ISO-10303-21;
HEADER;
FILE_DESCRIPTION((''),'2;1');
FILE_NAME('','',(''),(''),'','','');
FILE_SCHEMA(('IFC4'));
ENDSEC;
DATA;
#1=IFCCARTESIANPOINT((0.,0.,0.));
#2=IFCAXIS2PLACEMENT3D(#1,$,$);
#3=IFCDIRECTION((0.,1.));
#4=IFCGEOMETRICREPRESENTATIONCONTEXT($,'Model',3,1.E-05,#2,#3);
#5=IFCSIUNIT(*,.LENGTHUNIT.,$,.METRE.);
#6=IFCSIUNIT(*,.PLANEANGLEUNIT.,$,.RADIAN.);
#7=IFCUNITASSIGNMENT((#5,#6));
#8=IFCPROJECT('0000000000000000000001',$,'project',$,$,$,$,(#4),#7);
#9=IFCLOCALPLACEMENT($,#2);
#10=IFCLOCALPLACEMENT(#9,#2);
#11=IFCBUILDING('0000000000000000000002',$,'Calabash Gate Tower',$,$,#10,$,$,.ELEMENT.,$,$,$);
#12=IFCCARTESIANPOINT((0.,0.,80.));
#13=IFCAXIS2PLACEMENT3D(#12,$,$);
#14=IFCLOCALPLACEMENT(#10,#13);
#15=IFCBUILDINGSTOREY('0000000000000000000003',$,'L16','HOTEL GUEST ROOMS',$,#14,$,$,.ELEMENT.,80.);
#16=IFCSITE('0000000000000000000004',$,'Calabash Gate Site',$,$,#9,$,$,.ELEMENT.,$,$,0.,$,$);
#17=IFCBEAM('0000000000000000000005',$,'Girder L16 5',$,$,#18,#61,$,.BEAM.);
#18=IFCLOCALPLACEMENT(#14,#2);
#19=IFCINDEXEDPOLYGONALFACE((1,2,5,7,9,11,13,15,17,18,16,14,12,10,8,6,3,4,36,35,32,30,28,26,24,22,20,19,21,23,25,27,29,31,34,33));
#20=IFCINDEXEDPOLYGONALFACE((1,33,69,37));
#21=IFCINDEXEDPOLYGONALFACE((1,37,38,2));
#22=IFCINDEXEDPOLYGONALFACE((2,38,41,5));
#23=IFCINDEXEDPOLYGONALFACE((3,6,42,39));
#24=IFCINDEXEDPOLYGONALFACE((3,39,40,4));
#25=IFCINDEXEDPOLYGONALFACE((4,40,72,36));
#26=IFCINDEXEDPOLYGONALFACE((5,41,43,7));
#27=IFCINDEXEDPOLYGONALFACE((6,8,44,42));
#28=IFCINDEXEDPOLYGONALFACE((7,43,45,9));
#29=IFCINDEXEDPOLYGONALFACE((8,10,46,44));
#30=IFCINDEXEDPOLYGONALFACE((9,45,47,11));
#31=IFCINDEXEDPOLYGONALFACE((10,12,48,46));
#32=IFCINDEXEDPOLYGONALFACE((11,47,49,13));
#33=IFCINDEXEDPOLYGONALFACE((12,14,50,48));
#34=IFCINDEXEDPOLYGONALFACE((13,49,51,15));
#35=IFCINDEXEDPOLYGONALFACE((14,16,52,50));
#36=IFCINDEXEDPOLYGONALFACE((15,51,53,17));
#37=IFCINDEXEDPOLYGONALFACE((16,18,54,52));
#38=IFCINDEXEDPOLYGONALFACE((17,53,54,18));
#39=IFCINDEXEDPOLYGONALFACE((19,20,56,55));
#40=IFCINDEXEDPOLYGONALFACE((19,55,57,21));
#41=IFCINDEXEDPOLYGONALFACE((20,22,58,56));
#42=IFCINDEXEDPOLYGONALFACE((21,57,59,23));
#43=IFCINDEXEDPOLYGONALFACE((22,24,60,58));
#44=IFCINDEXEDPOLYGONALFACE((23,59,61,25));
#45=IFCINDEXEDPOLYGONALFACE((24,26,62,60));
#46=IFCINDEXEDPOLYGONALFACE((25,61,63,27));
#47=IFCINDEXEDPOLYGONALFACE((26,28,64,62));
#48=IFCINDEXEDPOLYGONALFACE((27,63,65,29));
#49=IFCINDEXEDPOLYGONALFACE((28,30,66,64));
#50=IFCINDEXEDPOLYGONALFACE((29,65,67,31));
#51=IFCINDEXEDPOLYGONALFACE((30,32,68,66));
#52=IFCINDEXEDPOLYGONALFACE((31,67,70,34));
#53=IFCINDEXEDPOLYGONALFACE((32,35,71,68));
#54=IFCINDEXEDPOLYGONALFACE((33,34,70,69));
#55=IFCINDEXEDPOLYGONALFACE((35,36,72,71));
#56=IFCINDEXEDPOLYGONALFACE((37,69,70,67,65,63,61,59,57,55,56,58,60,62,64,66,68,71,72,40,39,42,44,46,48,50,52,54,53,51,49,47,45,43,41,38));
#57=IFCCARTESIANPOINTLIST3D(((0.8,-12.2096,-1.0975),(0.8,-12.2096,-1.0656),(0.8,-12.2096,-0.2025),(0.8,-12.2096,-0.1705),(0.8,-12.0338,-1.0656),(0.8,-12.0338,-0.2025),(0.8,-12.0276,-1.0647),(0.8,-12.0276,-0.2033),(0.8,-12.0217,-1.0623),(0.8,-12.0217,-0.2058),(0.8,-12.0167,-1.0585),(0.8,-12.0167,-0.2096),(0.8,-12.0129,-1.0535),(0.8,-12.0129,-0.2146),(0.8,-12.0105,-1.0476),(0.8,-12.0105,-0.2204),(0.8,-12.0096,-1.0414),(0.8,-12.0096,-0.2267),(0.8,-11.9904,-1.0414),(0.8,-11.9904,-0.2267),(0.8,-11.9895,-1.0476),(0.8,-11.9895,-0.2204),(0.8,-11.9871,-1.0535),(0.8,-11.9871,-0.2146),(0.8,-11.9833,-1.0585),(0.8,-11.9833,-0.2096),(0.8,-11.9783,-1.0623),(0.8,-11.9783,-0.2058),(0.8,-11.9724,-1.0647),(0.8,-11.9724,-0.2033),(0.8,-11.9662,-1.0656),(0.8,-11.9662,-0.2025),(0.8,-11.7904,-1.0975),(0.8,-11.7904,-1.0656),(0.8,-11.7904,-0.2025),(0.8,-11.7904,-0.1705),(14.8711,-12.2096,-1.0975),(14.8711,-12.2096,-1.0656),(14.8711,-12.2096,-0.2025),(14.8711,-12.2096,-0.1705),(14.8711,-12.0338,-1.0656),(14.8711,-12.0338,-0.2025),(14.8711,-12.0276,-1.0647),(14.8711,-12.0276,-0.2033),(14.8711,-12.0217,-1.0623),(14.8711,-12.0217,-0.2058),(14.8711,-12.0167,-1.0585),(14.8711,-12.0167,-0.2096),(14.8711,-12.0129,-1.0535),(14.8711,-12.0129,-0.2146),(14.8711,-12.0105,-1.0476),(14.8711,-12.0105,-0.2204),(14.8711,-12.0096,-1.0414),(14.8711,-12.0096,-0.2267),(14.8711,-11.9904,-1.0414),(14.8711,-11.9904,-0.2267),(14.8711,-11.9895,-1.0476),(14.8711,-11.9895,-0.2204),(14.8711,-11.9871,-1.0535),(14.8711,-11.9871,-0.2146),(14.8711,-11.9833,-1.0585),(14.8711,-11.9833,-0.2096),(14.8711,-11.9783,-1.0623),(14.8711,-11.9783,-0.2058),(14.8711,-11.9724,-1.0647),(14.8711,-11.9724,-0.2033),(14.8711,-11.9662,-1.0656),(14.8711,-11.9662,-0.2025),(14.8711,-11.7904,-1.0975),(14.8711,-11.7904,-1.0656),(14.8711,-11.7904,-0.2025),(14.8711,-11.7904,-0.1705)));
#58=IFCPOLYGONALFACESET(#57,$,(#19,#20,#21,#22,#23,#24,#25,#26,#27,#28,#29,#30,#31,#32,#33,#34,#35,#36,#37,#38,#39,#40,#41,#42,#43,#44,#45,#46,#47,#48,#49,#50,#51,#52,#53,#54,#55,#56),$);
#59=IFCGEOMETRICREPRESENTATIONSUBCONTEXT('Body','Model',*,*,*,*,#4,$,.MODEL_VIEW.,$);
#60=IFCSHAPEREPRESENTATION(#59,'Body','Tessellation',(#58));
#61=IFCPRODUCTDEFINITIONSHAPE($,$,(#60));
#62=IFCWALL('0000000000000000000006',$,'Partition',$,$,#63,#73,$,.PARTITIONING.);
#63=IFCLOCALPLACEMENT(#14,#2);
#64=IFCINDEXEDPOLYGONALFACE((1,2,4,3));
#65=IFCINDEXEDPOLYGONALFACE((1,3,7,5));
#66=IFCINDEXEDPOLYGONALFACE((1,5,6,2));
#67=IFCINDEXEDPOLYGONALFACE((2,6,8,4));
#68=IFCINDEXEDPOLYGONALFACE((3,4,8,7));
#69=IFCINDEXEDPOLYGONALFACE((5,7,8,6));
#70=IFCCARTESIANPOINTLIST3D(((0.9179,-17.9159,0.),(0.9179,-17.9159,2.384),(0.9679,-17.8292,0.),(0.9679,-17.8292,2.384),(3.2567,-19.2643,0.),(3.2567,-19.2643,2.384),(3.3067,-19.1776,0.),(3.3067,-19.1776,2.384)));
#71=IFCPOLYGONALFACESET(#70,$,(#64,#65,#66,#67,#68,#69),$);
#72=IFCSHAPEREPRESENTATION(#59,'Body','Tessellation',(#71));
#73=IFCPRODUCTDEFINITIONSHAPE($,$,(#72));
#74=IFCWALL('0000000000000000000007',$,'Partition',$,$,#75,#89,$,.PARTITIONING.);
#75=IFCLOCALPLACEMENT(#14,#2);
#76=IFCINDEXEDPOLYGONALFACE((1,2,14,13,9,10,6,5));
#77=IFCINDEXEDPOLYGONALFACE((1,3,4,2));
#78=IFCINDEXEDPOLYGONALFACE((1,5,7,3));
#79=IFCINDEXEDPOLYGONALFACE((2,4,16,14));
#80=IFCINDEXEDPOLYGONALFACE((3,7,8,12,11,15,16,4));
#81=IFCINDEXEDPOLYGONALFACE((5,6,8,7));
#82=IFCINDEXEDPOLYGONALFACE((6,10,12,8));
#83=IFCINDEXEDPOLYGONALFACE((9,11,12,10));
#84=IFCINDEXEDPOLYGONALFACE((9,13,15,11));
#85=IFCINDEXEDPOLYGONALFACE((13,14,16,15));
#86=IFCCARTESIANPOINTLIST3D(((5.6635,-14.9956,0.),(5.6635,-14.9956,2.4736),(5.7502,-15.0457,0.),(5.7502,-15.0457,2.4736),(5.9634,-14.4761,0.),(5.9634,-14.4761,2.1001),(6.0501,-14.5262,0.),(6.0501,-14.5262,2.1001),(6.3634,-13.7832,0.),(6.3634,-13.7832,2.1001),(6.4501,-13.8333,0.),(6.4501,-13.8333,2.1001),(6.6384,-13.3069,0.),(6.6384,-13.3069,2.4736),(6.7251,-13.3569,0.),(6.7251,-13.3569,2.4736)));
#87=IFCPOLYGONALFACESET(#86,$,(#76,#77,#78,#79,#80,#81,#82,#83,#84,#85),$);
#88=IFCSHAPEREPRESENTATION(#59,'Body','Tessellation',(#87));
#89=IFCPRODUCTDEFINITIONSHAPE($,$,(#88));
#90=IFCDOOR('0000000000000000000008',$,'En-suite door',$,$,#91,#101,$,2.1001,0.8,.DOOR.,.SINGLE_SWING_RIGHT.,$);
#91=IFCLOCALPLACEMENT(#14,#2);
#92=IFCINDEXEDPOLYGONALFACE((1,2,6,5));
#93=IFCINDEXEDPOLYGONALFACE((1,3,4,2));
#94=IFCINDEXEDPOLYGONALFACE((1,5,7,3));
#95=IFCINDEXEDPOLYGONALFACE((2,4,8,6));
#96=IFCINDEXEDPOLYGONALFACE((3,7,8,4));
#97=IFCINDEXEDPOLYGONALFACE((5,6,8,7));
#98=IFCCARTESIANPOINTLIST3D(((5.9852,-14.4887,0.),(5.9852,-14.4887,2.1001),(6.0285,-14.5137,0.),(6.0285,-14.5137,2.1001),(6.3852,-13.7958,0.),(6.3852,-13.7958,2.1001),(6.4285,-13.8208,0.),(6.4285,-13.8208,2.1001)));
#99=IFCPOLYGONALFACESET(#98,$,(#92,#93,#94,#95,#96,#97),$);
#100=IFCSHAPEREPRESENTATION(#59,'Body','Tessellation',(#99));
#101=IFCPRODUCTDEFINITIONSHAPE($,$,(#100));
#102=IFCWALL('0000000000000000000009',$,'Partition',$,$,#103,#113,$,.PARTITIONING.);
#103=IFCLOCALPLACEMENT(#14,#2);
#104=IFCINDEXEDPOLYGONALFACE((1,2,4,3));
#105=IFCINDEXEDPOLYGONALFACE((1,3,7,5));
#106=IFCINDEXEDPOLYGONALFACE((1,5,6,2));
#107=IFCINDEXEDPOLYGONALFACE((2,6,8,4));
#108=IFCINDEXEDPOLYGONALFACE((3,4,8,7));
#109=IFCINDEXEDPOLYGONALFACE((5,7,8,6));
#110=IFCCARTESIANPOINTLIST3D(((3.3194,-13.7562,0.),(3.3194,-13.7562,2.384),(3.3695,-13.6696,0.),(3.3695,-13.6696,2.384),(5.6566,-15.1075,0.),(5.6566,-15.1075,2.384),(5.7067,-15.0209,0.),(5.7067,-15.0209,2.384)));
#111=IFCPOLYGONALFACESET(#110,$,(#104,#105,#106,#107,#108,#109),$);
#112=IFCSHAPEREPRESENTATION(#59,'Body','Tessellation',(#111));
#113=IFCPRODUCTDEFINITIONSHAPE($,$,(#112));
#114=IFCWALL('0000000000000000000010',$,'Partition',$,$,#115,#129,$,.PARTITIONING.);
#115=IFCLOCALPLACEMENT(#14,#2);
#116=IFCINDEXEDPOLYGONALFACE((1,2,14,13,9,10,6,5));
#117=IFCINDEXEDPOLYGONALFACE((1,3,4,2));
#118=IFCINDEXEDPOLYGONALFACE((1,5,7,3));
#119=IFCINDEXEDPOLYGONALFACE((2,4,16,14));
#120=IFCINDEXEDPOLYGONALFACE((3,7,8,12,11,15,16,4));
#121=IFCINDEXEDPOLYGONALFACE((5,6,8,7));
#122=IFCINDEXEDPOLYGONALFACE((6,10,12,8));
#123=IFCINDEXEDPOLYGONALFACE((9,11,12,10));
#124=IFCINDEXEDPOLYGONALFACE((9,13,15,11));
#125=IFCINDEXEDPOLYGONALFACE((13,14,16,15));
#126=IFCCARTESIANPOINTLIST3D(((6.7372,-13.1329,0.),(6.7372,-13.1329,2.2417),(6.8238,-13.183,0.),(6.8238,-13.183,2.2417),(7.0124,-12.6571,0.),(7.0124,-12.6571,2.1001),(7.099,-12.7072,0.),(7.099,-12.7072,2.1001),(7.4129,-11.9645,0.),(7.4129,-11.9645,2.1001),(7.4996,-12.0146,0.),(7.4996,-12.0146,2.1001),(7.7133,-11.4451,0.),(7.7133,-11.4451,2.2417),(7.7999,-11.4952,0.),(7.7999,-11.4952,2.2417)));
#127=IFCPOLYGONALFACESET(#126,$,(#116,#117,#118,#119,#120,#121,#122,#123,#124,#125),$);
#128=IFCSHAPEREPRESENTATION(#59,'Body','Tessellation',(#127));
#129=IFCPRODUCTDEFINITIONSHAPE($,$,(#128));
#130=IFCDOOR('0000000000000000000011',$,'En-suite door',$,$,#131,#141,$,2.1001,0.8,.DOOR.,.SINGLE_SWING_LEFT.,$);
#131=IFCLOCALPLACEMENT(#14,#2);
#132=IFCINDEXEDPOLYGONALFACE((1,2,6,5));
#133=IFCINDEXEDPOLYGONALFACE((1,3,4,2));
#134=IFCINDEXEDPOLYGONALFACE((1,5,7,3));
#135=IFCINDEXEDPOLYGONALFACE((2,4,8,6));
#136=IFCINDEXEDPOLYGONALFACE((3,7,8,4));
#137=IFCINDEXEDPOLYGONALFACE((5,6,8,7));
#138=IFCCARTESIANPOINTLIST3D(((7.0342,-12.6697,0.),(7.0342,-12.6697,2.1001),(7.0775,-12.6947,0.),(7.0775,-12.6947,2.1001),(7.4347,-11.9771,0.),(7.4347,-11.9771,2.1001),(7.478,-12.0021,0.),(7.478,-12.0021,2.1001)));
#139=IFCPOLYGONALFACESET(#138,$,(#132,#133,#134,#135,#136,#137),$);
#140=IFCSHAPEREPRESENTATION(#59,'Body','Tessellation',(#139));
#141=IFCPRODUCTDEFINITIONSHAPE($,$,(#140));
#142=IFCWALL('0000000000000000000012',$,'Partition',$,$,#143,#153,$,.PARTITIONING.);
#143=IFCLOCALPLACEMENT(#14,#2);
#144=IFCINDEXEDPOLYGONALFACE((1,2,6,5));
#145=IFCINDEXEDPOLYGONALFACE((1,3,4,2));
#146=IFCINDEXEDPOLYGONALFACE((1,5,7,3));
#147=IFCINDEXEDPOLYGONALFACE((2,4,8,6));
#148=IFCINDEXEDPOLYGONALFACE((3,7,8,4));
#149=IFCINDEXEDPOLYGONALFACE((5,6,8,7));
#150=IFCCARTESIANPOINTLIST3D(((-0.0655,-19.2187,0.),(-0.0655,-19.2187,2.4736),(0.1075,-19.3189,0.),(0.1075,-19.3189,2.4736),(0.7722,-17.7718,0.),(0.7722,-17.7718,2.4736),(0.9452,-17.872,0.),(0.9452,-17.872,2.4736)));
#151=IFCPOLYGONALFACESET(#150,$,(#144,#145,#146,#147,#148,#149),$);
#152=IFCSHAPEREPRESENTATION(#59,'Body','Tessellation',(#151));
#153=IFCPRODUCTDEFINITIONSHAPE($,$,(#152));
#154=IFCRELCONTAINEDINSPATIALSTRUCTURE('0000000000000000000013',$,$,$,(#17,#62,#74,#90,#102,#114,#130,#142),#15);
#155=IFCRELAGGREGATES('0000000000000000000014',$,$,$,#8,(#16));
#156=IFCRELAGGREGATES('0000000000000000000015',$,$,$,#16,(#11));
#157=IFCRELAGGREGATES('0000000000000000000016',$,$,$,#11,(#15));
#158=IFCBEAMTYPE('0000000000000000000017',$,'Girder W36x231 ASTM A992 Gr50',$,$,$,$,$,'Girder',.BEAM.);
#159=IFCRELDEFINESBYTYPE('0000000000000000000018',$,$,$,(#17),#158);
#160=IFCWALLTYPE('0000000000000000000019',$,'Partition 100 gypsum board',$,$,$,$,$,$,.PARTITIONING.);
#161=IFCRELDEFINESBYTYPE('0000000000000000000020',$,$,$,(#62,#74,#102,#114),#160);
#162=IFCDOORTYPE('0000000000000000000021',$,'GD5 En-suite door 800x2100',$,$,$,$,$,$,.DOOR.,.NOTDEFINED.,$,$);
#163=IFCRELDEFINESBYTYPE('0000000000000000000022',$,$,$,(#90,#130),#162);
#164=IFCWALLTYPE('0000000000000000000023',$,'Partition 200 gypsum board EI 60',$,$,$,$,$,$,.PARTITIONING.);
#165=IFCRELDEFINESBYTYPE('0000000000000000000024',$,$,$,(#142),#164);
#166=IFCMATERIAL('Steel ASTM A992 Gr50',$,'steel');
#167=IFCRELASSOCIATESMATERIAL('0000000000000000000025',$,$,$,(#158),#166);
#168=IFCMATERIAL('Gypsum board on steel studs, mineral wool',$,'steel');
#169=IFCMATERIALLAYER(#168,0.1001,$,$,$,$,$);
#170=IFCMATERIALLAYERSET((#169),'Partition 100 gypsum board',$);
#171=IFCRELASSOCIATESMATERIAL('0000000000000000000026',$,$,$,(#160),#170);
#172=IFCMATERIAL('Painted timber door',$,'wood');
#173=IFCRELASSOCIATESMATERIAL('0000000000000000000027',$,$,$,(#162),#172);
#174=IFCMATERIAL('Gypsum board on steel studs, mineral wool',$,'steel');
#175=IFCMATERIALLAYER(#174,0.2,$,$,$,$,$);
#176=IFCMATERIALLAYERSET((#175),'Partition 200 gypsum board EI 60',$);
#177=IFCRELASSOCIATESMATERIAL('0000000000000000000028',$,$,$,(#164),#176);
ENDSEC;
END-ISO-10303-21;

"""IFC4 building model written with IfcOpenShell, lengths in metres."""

from ifc_helpers import new_model, si_unit, direction, frame, frame_2d, origin, origin_2d, place, context, subcontext, project, spatial, rectangle, i_section, extrude, material, layer, layer_set, material_profile, profile_set, type_object, element, fill, save


model = new_model("IFC4")

# Units and contexts
model_context = context("Model", 3, precision=1e-05, world=origin(), true_north=direction((0.0, 1.0)))
body_context = subcontext(model_context, "Body", "Model", "MODEL_VIEW")
ifc_project = project(units=[si_unit("LENGTHUNIT", "METRE"), si_unit("PLANEANGLEUNIT", "RADIAN")], contexts=[model_context])

# Site, building, storey
site_placement = place(None, origin())
site = spatial("IfcSite", under=ifc_project, at=site_placement, Name="Calabash Gate Site", CompositionType="ELEMENT", RefElevation=0.0)
building_placement = place(site_placement, origin())
building = spatial("IfcBuilding", under=site, at=building_placement, Name="Calabash Gate Tower", CompositionType="ELEMENT")
storey_placement = place(building_placement, frame((0.0, 0.0, 80.0)))
storey = spatial("IfcBuildingStorey", under=building, at=storey_placement, Name="L16", Description="HOTEL GUEST ROOMS", CompositionType="ELEMENT", Elevation=80.0)

# Beam
ifc_material_1 = material(Name="Steel ASTM A992 Gr50", Category="steel")
ifc_material_profile = material_profile(ifc_material_1, i_section(OverallWidth=0.4192, OverallDepth=0.927, WebThickness=0.0193, FlangeThickness=0.032, FilletRadius=0.0242, at=origin_2d()))
ifc_profile_set = profile_set([ifc_material_profile], Name="Steel ASTM A992 Gr50")
beam_type = type_object("IfcBeamType", Name="Girder W36x231 ASTM A992 Gr50", ElementType="Girder", PredefinedType="BEAM", material=ifc_profile_set)
beam_placement = place(storey_placement, frame((0.8, -12.0, -0.634), z_axis=(1.0, 0.0, 0.0), x_axis=(0.0, 1.0, 0.0)))
element("IfcBeam", 1, at=beam_placement, inside=storey, type_object=beam_type, Name="Girder L16 5", PredefinedType="BEAM", context=body_context, shape_type="SweptSolid", body=[
    extrude(i_section(OverallWidth=0.4192, OverallDepth=0.927, WebThickness=0.0193, FlangeThickness=0.032, FilletRadius=0.0242, at=origin_2d()), origin(), (0.0, 0.0, 1.0), 14.071),
])

# Wall
ifc_material_2 = material(Name="Gypsum board on steel studs, mineral wool", Category="steel")
ifc_layer_1 = layer(ifc_material_2, 0.1001)
ifc_layer_set_1 = layer_set([ifc_layer_1], Name="Partition 100 gypsum board")
wall_type_1 = type_object("IfcWallType", Name="Partition 100 gypsum board", PredefinedType="PARTITIONING", material=ifc_layer_set_1)
wall_1_placement = place(storey_placement, frame((0.9429, -17.8726, 0.0), z_axis=(0.0, 0.0, 1.0), x_axis=(0.866339, -0.499456, 0.0)))
element("IfcWall", 2, at=wall_1_placement, inside=storey, type_object=wall_type_1, Name="Partition", PredefinedType="PARTITIONING", context=body_context, shape_type="SweptSolid", body=[
    extrude(rectangle(XDim=2.6997, YDim=0.1001, at=frame_2d((1.3499, 0.0))), origin(), (0.0, 0.0, 1.0), 2.384),
])

# Wall, opening, door
wall_2_placement = place(storey_placement, frame((5.7068, -15.0208, 0.0), z_axis=(0.0, 0.0, 1.0), x_axis=(0.49995, 0.866054, 0.0)))
wall_2 = element("IfcWall", 3, at=wall_2_placement, inside=storey, type_object=wall_type_1, Name="Partition", PredefinedType="PARTITIONING", context=body_context, shape_type="SweptSolid", body=[
    extrude(rectangle(XDim=1.95, YDim=0.1001, at=frame_2d((0.9751, 0.0))), origin(), (0.0, 0.0, 1.0), 2.4736),
])
opening_1_placement = place(wall_2_placement, frame((0.6001, 0.0, 0.0)))
opening_1 = element("IfcOpeningElement", 4, at=opening_1_placement, cuts=wall_2, PredefinedType="OPENING", context=body_context, shape_type="SweptSolid", body=[
    extrude(rectangle(XDim=0.8, YDim=2.1001, at=frame_2d((0.3999, 1.05))), frame((0.0, 0.0601, 0.0), z_axis=(0.0, -1.0, 0.0), x_axis=(1.0, 0.0, 0.0)), (0.0, 0.0, 1.0), 0.1201),
])
ifc_material_3 = material(Name="Painted timber door", Category="wood")
door_type_1 = type_object("IfcDoorType", Name="GD5 En-suite door 800x2100", OperationType="NOTDEFINED", PredefinedType="DOOR", material=ifc_material_3)
door_1_placement = place(opening_1_placement, origin())
door_1 = element("IfcDoor", 5, at=door_1_placement, inside=storey, type_object=door_type_1, Name="En-suite door", OperationType="SINGLE_SWING_RIGHT", OverallHeight=2.1001, OverallWidth=0.8, PredefinedType="DOOR", context=body_context, shape_type="SweptSolid", body=[
    extrude(rectangle(XDim=0.8, YDim=2.1001, at=frame_2d((0.3999, 1.05))), frame((0.0, 0.0249, 0.0), z_axis=(0.0, -1.0, 0.0), x_axis=(1.0, 0.0, 0.0)), (0.0, 0.0, 1.0), 0.05),
])
fill(opening_1, door_1)

# Wall
wall_3_placement = place(storey_placement, frame((3.3445, -13.7129, 0.0), z_axis=(0.0, 0.0, 1.0), x_axis=(0.865711, -0.500544, 0.0)))
element("IfcWall", 6, at=wall_3_placement, inside=storey, type_object=wall_type_1, Name="Partition", PredefinedType="PARTITIONING", context=body_context, shape_type="SweptSolid", body=[
    extrude(rectangle(XDim=2.6997, YDim=0.1001, at=frame_2d((1.3499, 0.0))), origin(), (0.0, 0.0, 1.0), 2.384),
])

# Wall, opening, door
wall_4_placement = place(storey_placement, frame((6.7805, -13.158, 0.0), z_axis=(0.0, 0.0, 1.0), x_axis=(0.500636, 0.865658, 0.0)))
wall_4 = element("IfcWall", 7, at=wall_4_placement, inside=storey, type_object=wall_type_1, Name="Partition", PredefinedType="PARTITIONING", context=body_context, shape_type="SweptSolid", body=[
    extrude(rectangle(XDim=1.9497, YDim=0.1001, at=frame_2d((0.9749, 0.0))), origin(), (0.0, 0.0, 1.0), 2.2417),
])
opening_2_placement = place(wall_4_placement, frame((0.5498, 0.0, 0.0)))
opening_2 = element("IfcOpeningElement", 8, at=opening_2_placement, cuts=wall_4, PredefinedType="OPENING", context=body_context, shape_type="SweptSolid", body=[
    extrude(rectangle(XDim=0.8, YDim=2.1001, at=frame_2d((0.3999, 1.05))), frame((0.0, 0.0601, 0.0), z_axis=(0.0, -1.0, 0.0), x_axis=(1.0, 0.0, 0.0)), (0.0, 0.0, 1.0), 0.1201),
])
door_2_placement = place(opening_2_placement, origin())
door_2 = element("IfcDoor", 9, at=door_2_placement, inside=storey, type_object=door_type_1, Name="En-suite door", OperationType="SINGLE_SWING_LEFT", OverallHeight=2.1001, OverallWidth=0.8, PredefinedType="DOOR", context=body_context, shape_type="SweptSolid", body=[
    extrude(rectangle(XDim=0.8, YDim=2.1001, at=frame_2d((0.3999, 1.05))), frame((0.0, 0.0249, 0.0), z_axis=(0.0, -1.0, 0.0), x_axis=(1.0, 0.0, 0.0)), (0.0, 0.0, 1.0), 0.05),
])
fill(opening_2, door_2)

# Wall
ifc_material_4 = material(Name="Gypsum board on steel studs, mineral wool", Category="steel")
ifc_layer_2 = layer(ifc_material_4, 0.2)
ifc_layer_set_2 = layer_set([ifc_layer_2], Name="Partition 200 gypsum board EI 60")
wall_type_2 = type_object("IfcWallType", Name="Partition 200 gypsum board EI 60", PredefinedType="PARTITIONING", material=ifc_layer_set_2)
wall_5_placement = place(storey_placement, frame((0.021, -19.2688, 0.0), z_axis=(0.0, 0.0, 1.0), x_axis=(0.501054, 0.865416, 0.0)))
element("IfcWall", 10, at=wall_5_placement, inside=storey, type_object=wall_type_2, Name="Partition", PredefinedType="PARTITIONING", context=body_context, shape_type="SweptSolid", body=[
    extrude(rectangle(XDim=1.6719, YDim=0.2, at=frame_2d((0.8359, 0.0))), origin(), (0.0, 0.0, 1.0), 2.4736),
])

save(model, "model.ifc")
